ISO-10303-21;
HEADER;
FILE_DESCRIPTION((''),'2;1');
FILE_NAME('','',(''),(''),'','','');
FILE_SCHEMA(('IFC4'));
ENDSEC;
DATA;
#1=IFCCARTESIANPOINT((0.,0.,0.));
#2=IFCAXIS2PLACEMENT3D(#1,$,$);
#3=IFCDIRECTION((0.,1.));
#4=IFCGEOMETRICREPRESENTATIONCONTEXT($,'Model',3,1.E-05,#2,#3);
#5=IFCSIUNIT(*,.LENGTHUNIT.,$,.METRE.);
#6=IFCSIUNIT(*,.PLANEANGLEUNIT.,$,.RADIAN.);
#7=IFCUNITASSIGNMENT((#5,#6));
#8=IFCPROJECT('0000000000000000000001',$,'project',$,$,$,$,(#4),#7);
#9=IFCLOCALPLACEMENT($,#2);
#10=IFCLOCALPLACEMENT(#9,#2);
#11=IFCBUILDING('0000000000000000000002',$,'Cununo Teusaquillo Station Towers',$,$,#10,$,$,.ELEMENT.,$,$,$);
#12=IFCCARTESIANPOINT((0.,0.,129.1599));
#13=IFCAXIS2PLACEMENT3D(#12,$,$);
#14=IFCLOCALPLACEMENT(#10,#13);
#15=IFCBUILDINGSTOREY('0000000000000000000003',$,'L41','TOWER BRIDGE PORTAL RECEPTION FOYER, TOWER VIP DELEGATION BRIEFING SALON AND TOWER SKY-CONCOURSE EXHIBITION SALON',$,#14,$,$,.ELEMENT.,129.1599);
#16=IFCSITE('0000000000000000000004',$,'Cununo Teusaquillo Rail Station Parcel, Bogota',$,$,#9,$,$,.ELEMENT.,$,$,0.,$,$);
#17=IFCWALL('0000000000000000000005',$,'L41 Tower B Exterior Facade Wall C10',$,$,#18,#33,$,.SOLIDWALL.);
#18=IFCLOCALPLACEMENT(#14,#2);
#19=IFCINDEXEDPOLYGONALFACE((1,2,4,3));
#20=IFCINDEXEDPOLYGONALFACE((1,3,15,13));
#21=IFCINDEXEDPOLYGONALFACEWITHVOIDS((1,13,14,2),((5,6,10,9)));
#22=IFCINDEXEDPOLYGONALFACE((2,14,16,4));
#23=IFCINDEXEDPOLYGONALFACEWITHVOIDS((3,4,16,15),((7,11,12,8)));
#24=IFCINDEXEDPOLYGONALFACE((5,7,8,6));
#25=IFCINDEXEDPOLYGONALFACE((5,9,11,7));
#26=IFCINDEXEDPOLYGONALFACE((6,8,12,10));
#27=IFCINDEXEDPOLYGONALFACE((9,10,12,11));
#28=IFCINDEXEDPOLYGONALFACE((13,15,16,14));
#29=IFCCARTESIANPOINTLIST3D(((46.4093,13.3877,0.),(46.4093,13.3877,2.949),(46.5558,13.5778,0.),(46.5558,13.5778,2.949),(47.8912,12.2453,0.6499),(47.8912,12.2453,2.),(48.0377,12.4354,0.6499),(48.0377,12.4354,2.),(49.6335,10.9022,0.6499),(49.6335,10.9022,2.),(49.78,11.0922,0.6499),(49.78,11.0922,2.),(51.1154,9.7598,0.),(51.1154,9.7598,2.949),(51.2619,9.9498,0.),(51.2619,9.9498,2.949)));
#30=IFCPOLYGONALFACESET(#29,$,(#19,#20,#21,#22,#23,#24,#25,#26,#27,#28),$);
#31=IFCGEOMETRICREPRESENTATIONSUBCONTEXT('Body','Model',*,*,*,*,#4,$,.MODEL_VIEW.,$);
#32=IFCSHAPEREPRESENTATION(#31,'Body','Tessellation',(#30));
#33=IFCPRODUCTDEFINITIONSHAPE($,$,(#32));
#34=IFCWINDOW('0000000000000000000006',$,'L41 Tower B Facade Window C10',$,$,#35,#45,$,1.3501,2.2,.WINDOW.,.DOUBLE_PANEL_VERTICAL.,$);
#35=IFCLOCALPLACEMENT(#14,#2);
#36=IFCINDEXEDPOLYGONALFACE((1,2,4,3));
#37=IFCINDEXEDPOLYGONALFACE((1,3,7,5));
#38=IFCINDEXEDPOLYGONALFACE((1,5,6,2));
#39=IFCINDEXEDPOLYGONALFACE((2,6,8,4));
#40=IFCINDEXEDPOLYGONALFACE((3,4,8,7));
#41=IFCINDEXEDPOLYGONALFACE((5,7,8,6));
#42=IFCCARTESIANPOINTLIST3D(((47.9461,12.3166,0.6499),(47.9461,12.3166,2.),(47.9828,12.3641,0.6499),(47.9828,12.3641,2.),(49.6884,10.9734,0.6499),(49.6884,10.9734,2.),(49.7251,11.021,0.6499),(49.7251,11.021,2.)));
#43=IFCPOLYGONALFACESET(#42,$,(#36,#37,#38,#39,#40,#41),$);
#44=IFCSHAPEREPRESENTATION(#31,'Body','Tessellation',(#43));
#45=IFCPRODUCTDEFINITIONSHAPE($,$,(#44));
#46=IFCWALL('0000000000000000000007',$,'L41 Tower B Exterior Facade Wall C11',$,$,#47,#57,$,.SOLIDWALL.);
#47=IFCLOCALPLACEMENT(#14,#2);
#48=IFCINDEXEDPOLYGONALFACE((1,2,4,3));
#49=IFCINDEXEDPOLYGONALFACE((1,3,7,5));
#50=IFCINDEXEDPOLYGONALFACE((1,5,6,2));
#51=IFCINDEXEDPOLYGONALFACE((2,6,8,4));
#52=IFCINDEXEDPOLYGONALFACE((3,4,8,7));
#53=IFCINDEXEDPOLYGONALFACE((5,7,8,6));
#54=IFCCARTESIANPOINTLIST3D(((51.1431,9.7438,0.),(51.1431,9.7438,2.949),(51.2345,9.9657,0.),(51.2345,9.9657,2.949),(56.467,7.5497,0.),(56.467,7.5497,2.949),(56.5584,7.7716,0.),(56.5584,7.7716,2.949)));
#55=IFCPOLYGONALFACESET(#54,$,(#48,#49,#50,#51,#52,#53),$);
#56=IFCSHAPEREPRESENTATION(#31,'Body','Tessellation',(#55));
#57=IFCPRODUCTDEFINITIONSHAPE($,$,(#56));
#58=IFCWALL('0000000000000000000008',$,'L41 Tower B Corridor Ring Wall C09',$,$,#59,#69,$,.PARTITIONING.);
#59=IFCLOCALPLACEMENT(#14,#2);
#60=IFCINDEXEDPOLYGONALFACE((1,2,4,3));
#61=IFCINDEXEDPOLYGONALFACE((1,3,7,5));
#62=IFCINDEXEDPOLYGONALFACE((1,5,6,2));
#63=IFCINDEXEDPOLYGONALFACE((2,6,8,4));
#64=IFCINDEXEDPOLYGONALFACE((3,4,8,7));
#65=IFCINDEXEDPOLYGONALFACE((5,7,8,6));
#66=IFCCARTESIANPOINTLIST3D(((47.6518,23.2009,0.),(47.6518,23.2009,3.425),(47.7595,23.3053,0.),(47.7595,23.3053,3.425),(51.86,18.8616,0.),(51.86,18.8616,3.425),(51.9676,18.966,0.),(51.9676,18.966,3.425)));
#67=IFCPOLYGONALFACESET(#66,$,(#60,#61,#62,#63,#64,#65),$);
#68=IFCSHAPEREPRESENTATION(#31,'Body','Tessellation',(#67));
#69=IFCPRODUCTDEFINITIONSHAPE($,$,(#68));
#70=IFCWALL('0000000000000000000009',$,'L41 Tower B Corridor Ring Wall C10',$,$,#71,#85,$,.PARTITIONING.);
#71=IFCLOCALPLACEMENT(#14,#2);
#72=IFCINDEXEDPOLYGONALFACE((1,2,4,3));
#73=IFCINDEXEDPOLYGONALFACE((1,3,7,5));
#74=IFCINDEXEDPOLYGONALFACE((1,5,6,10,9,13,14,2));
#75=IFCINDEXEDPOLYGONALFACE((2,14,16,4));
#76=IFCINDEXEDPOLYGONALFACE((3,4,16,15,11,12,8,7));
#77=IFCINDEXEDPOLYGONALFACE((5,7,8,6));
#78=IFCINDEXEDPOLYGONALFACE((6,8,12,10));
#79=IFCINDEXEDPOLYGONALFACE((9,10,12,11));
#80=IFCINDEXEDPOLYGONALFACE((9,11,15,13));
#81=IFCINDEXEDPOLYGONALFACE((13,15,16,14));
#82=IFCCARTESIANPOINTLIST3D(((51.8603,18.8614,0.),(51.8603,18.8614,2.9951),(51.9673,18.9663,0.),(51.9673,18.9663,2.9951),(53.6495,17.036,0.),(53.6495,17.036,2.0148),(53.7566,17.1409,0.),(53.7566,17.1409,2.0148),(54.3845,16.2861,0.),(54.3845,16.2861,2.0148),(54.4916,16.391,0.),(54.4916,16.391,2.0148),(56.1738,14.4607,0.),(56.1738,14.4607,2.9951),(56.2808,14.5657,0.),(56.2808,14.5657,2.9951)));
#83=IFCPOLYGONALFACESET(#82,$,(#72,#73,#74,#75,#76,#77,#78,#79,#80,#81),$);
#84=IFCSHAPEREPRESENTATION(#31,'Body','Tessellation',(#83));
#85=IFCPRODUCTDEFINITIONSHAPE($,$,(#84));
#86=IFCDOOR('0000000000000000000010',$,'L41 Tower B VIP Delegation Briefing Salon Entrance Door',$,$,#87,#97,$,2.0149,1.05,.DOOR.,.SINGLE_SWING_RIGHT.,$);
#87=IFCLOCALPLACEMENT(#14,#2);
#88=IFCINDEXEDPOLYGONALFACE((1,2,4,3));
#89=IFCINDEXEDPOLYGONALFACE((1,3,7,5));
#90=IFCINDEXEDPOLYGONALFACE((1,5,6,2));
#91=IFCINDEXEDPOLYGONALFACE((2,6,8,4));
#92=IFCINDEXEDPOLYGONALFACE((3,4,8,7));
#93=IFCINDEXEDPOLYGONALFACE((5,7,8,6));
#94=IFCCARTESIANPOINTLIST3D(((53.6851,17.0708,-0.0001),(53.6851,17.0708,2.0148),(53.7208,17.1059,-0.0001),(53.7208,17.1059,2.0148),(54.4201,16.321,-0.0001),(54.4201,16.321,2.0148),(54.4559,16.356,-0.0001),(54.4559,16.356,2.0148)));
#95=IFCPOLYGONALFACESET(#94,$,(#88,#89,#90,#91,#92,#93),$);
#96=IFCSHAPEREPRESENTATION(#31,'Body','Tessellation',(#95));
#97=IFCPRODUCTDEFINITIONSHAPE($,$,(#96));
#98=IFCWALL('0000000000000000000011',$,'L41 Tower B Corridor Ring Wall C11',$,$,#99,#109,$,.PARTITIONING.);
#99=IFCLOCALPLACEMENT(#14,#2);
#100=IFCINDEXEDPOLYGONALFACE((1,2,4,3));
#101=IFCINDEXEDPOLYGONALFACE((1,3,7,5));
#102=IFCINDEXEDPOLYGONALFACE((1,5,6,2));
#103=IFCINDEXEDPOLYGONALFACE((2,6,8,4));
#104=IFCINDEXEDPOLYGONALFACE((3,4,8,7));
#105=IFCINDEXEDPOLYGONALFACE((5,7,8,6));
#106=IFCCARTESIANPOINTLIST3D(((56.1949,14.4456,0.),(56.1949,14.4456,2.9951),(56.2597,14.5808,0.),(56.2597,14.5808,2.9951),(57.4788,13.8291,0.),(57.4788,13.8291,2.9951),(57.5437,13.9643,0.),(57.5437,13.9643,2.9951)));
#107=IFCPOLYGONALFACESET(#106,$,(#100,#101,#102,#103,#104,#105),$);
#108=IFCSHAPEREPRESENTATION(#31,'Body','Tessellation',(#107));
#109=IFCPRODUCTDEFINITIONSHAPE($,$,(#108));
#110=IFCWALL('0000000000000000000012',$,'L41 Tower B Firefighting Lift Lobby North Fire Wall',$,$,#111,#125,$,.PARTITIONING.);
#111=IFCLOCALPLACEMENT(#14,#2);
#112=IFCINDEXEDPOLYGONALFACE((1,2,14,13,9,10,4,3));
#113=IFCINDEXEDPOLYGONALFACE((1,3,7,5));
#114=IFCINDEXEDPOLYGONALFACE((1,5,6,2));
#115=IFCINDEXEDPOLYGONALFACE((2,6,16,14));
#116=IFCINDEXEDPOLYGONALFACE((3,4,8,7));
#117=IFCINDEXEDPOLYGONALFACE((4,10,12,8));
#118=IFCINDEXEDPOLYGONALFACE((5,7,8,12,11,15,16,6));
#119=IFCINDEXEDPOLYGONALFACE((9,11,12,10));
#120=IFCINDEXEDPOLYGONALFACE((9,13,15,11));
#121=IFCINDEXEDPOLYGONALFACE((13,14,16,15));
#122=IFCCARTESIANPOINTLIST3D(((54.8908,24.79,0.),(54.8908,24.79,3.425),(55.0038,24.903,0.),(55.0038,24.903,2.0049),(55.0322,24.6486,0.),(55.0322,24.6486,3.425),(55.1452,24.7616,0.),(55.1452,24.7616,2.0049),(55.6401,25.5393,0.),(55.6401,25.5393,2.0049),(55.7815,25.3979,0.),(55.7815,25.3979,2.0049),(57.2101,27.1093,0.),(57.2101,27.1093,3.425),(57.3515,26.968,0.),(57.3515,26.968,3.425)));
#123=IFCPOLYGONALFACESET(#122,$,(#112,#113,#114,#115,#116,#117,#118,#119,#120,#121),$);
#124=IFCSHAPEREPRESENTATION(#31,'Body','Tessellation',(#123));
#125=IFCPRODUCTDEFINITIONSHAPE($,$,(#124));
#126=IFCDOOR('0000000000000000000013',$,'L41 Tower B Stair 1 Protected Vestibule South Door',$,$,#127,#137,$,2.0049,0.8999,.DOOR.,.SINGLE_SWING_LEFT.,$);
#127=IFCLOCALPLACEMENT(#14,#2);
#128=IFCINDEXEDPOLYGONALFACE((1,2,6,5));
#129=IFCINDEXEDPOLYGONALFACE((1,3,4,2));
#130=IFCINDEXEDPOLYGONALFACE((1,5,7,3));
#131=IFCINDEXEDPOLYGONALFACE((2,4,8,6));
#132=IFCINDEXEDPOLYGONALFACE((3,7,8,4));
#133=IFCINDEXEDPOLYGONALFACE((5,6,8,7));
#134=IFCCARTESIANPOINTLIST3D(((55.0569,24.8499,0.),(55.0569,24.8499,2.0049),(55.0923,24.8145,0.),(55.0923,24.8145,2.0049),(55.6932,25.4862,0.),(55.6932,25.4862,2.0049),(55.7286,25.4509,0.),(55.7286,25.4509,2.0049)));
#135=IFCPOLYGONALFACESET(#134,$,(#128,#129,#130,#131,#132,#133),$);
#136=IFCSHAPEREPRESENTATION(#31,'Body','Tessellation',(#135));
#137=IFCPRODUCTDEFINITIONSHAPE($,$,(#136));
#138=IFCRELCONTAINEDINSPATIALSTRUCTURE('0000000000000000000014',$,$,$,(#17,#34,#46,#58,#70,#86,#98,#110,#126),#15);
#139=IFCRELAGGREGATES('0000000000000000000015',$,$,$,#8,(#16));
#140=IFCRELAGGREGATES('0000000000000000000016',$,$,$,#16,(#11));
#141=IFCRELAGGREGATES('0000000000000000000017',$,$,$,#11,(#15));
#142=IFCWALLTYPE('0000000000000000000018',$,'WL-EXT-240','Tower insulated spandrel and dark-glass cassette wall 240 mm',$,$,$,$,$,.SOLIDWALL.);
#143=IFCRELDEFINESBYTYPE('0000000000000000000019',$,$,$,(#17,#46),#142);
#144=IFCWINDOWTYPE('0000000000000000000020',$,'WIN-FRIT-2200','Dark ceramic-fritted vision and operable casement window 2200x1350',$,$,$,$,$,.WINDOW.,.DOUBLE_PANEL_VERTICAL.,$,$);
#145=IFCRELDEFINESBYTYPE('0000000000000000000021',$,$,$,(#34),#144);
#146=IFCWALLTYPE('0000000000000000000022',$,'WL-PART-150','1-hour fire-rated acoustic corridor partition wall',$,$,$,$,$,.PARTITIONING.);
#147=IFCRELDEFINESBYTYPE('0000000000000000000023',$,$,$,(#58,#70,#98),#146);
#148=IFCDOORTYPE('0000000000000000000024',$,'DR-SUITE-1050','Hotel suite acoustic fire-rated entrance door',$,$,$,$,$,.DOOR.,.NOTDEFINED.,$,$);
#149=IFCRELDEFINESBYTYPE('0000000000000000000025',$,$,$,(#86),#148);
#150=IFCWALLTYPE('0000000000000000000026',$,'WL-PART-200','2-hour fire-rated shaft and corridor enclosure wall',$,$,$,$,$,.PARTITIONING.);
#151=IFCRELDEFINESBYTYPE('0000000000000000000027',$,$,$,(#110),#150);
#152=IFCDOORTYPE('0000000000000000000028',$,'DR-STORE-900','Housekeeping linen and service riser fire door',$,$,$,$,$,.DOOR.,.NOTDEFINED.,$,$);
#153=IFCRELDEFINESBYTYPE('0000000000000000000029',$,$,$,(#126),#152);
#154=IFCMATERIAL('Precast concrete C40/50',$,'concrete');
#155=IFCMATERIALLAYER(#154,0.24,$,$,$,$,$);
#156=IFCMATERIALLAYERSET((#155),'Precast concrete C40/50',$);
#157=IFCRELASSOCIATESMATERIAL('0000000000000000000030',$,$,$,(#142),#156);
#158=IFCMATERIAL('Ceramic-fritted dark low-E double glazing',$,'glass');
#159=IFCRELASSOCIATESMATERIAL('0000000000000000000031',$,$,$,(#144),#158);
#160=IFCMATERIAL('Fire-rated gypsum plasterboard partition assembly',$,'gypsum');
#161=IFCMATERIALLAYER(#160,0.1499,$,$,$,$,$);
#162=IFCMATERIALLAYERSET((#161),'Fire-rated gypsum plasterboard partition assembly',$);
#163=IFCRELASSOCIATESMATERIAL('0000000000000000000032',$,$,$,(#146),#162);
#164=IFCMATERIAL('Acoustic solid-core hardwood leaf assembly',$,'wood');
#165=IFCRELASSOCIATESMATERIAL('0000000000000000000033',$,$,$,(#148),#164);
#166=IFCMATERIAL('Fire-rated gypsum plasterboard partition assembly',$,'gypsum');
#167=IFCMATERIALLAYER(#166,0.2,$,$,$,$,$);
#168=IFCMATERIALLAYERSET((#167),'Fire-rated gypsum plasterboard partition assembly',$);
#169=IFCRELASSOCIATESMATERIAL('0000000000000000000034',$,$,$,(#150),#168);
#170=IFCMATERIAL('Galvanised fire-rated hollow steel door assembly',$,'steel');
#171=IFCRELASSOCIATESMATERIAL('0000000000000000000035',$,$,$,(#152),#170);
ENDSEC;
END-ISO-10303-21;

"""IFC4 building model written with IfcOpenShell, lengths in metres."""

from ifc_helpers import new_model, si_unit, direction, frame, frame_2d, origin, place, context, subcontext, project, spatial, rectangle, extrude, source, transform, mapped, material, layer, layer_set, type_object, element, fill, save


model = new_model("IFC4")

# Units and contexts
model_context = context("Model", 3, precision=1e-05, world=origin(), true_north=direction((0.0, 1.0)))
body_context = subcontext(model_context, "Body", "Model", "MODEL_VIEW")
ifc_project = project(units=[si_unit("LENGTHUNIT", "METRE"), si_unit("PLANEANGLEUNIT", "RADIAN")], contexts=[model_context])

# Site, building, storey
site_placement = place(None, origin())
site = spatial("IfcSite", under=ifc_project, at=site_placement, Name="Cununo Teusaquillo Rail Station Parcel, Bogota", CompositionType="ELEMENT", RefElevation=0.0)
building_placement = place(site_placement, origin())
building = spatial("IfcBuilding", under=site, at=building_placement, Name="Cununo Teusaquillo Station Towers", CompositionType="ELEMENT")
storey_placement = place(building_placement, frame((0.0, 0.0, 129.1599)))
storey = spatial("IfcBuildingStorey", under=building, at=storey_placement, Name="L41", Description="TOWER BRIDGE PORTAL RECEPTION FOYER, TOWER VIP DELEGATION BRIEFING SALON AND TOWER SKY-CONCOURSE EXHIBITION SALON", CompositionType="ELEMENT", Elevation=129.1599)

# Wall, opening, window
ifc_material_1 = material(Name="Precast concrete C40/50", Category="concrete")
ifc_layer_1 = layer(ifc_material_1, 0.24)
ifc_layer_set_1 = layer_set([ifc_layer_1], Name="Precast concrete C40/50")
wall_type_1 = type_object("IfcWallType", Name="WL-EXT-240", Description="Tower insulated spandrel and dark-glass cassette wall 240 mm", PredefinedType="SOLIDWALL", material=ifc_layer_set_1)
wall_1_placement = place(storey_placement, frame((51.1887, 9.8547, 0.0), z_axis=(0.0, 0.0, 1.0), x_axis=(-0.791982, 0.610544, 0.0)))
wall_1 = element("IfcWall", 1, at=wall_1_placement, inside=storey, type_object=wall_type_1, Name="L41 Tower B Exterior Facade Wall C10", PredefinedType="SOLIDWALL", context=body_context, shape_type="SweptSolid", body=[
    extrude(rectangle(XDim=5.9421, YDim=0.24, at=frame_2d((2.9712, 0.0))), origin(), (0.0, 0.0, 1.0), 2.949),
])
shared_shape_1 = source(origin(), body_context, "Body", "SweptSolid", [
    extrude(rectangle(XDim=2.2, YDim=1.3501, at=frame_2d((1.1001, 0.675))), frame((0.0, 0.1299, 0.0), z_axis=(0.0, -1.0, 0.0), x_axis=(1.0, 0.0, 0.0)), (0.0, 0.0, 1.0), 0.26),
])
opening_1_placement = place(wall_1_placement, frame((1.8711, 0.0, 0.6499)))
opening_1 = element("IfcOpeningElement", 2, at=opening_1_placement, cuts=wall_1, PredefinedType="OPENING", context=body_context, shape_type="MappedRepresentation", body=[
    mapped(shared_shape_1, transform((0.0, 0.0, 0.0), x_axis=(1.0, 0.0, 0.0), y_axis=(0.0, 1.0, 0.0), z_axis=(0.0, 0.0, 1.0), scale=1.0)),
])
ifc_material_2 = material(Name="Ceramic-fritted dark low-E double glazing", Category="glass")
window_type = type_object("IfcWindowType", Name="WIN-FRIT-2200", Description="Dark ceramic-fritted vision and operable casement window 2200x1350", PartitioningType="DOUBLE_PANEL_VERTICAL", PredefinedType="WINDOW", material=ifc_material_2)
shared_shape_2 = source(origin(), body_context, "Body", "SweptSolid", [
    extrude(rectangle(XDim=2.2, YDim=1.3501, at=frame_2d((1.1001, 0.675))), frame((0.0, 0.03, 0.0), z_axis=(0.0, -1.0, 0.0), x_axis=(1.0, 0.0, 0.0)), (0.0, 0.0, 1.0), 0.0601),
])
window_placement = place(opening_1_placement, origin())
window = element("IfcWindow", 3, at=window_placement, inside=storey, type_object=window_type, Name="L41 Tower B Facade Window C10", OverallHeight=1.3501, OverallWidth=2.2, PartitioningType="DOUBLE_PANEL_VERTICAL", PredefinedType="WINDOW", context=body_context, shape_type="MappedRepresentation", body=[
    mapped(shared_shape_2, transform((0.0, 0.0, 0.0), x_axis=(1.0, 0.0, 0.0), y_axis=(0.0, 1.0, 0.0), z_axis=(0.0, 0.0, 1.0), scale=1.0)),
])
fill(opening_1, window)

# Walls
wall_2_placement = place(storey_placement, frame((56.5127, 7.6606, 0.0), z_axis=(0.0, 0.0, 1.0), x_axis=(-0.924564, 0.381027, 0.0)))
element("IfcWall", 4, at=wall_2_placement, inside=storey, type_object=wall_type_1, Name="L41 Tower B Exterior Facade Wall C11", PredefinedType="SOLIDWALL", context=body_context, shape_type="SweptSolid", body=[
    extrude(rectangle(XDim=5.7583, YDim=0.24, at=frame_2d((2.8792, 0.0))), origin(), (0.0, 0.0, 1.0), 2.949),
])
ifc_material_3 = material(Name="Fire-rated gypsum plasterboard partition assembly", Category="gypsum")
ifc_layer_2 = layer(ifc_material_3, 0.1499)
ifc_layer_set_2 = layer_set([ifc_layer_2], Name="Fire-rated gypsum plasterboard partition assembly")
wall_type_2 = type_object("IfcWallType", Name="WL-PART-150", Description="1-hour fire-rated acoustic corridor partition wall", PredefinedType="PARTITIONING", material=ifc_layer_set_2)
wall_3_placement = place(storey_placement, frame((47.7056, 23.2532, 0.0), z_axis=(0.0, 0.0, 1.0), x_axis=(0.696179, -0.717868, 0.0)))
element("IfcWall", 5, at=wall_3_placement, inside=storey, type_object=wall_type_2, Name="L41 Tower B Corridor Ring Wall C09", PredefinedType="PARTITIONING", context=body_context, shape_type="SweptSolid", body=[
    extrude(rectangle(XDim=6.0447, YDim=0.1499, at=frame_2d((3.0225, 0.0))), origin(), (0.0, 0.0, 1.0), 3.425),
])

# Wall, opening, door
wall_4_placement = place(storey_placement, frame((51.9138, 18.9138, 0.0), z_axis=(0.0, 0.0, 1.0), x_axis=(0.699999, -0.714144, 0.0)))
wall_4 = element("IfcWall", 6, at=wall_4_placement, inside=storey, type_object=wall_type_2, Name="L41 Tower B Corridor Ring Wall C10", PredefinedType="PARTITIONING", context=body_context, shape_type="SweptSolid", body=[
    extrude(rectangle(XDim=6.1621, YDim=0.1499, at=frame_2d((3.0811, 0.0))), origin(), (0.0, 0.0, 1.0), 2.9951),
])
shared_shape_3 = source(origin(), body_context, "Body", "SweptSolid", [
    extrude(rectangle(XDim=1.05, YDim=2.0149, at=frame_2d((0.5249, 1.0073))), frame((0.0, 0.085, 0.0), z_axis=(0.0, -1.0, 0.0), x_axis=(1.0, 0.0, 0.0)), (0.0, 0.0, 1.0), 0.1699),
])
opening_2_placement = place(wall_4_placement, frame((2.5562, 0.0, 0.0)))
opening_2 = element("IfcOpeningElement", 7, at=opening_2_placement, cuts=wall_4, PredefinedType="OPENING", context=body_context, shape_type="MappedRepresentation", body=[
    mapped(shared_shape_3, transform((0.0, 0.0, 0.0), x_axis=(1.0, 0.0, 0.0), y_axis=(0.0, 1.0, 0.0), z_axis=(0.0, 0.0, 1.0), scale=1.0)),
])
ifc_material_4 = material(Name="Acoustic solid-core hardwood leaf assembly", Category="wood")
door_type_1 = type_object("IfcDoorType", Name="DR-SUITE-1050", Description="Hotel suite acoustic fire-rated entrance door", OperationType="NOTDEFINED", PredefinedType="DOOR", material=ifc_material_4)
shared_shape_4 = source(origin(), body_context, "Body", "SweptSolid", [
    extrude(rectangle(XDim=1.05, YDim=2.0149, at=frame_2d((0.5249, 1.0073))), frame((0.0, 0.0249, 0.0), z_axis=(0.0, -1.0, 0.0), x_axis=(1.0, 0.0, 0.0)), (0.0, 0.0, 1.0), 0.05),
])
door_1_placement = place(opening_2_placement, origin())
door_1 = element("IfcDoor", 8, at=door_1_placement, inside=storey, type_object=door_type_1, Name="L41 Tower B VIP Delegation Briefing Salon Entrance Door", OperationType="SINGLE_SWING_RIGHT", OverallHeight=2.0149, OverallWidth=1.05, PredefinedType="DOOR", context=body_context, shape_type="MappedRepresentation", body=[
    mapped(shared_shape_4, transform((0.0, 0.0, 0.0), x_axis=(1.0, 0.0, 0.0), y_axis=(0.0, 1.0, 0.0), z_axis=(0.0, 0.0, 1.0), scale=1.0)),
])
fill(opening_2, door_1)

# Wall
wall_5_placement = place(storey_placement, frame((56.2273, 14.5132, 0.0), z_axis=(0.0, 0.0, 1.0), x_axis=(0.901478, -0.432826, 0.0)))
element("IfcWall", 9, at=wall_5_placement, inside=storey, type_object=wall_type_2, Name="L41 Tower B Corridor Ring Wall C11", PredefinedType="PARTITIONING", context=body_context, shape_type="SweptSolid", body=[
    extrude(rectangle(XDim=1.4243, YDim=0.1499, at=frame_2d((0.7122, 0.0))), origin(), (0.0, 0.0, 1.0), 2.9951),
])

# Wall, opening, door
ifc_material_5 = material(Name="Fire-rated gypsum plasterboard partition assembly", Category="gypsum")
ifc_layer_3 = layer(ifc_material_5, 0.2)
ifc_layer_set_3 = layer_set([ifc_layer_3], Name="Fire-rated gypsum plasterboard partition assembly")
wall_type_3 = type_object("IfcWallType", Name="WL-PART-200", Description="2-hour fire-rated shaft and corridor enclosure wall", PredefinedType="PARTITIONING", material=ifc_layer_set_3)
wall_6_placement = place(storey_placement, frame((54.9614, 24.7192, 0.0), z_axis=(0.0, 0.0, 1.0), x_axis=(0.707107, 0.707107, 0.0)))
wall_6 = element("IfcWall", 10, at=wall_6_placement, inside=storey, type_object=wall_type_3, Name="L41 Tower B Firefighting Lift Lobby North Fire Wall", PredefinedType="PARTITIONING", context=body_context, shape_type="SweptSolid", body=[
    extrude(rectangle(XDim=3.28, YDim=0.2, at=frame_2d((1.6401, 0.0))), origin(), (0.0, 0.0, 1.0), 3.425),
])
shared_shape_5 = source(origin(), body_context, "Body", "SweptSolid", [
    extrude(rectangle(XDim=0.8999, YDim=2.0049, at=frame_2d((0.45, 1.0024))), frame((0.0, 0.1099, 0.0), z_axis=(0.0, -1.0, 0.0), x_axis=(1.0, 0.0, 0.0)), (0.0, 0.0, 1.0), 0.22),
])
opening_3_placement = place(wall_6_placement, frame((0.1599, 0.0, 0.0)))
opening_3 = element("IfcOpeningElement", 11, at=opening_3_placement, cuts=wall_6, PredefinedType="OPENING", context=body_context, shape_type="MappedRepresentation", body=[
    mapped(shared_shape_5, transform((0.0, 0.0, 0.0), x_axis=(1.0, 0.0, 0.0), y_axis=(0.0, 1.0, 0.0), z_axis=(0.0, 0.0, 1.0), scale=1.0)),
])
ifc_material_6 = material(Name="Galvanised fire-rated hollow steel door assembly", Category="steel")
door_type_2 = type_object("IfcDoorType", Name="DR-STORE-900", Description="Housekeeping linen and service riser fire door", OperationType="NOTDEFINED", PredefinedType="DOOR", material=ifc_material_6)
shared_shape_6 = source(origin(), body_context, "Body", "SweptSolid", [
    extrude(rectangle(XDim=0.8999, YDim=2.0049, at=frame_2d((0.45, 1.0024))), frame((0.0, 0.0249, 0.0), z_axis=(0.0, -1.0, 0.0), x_axis=(1.0, 0.0, 0.0)), (0.0, 0.0, 1.0), 0.05),
])
door_2_placement = place(opening_3_placement, origin())
door_2 = element("IfcDoor", 12, at=door_2_placement, inside=storey, type_object=door_type_2, Name="L41 Tower B Stair 1 Protected Vestibule South Door", OperationType="SINGLE_SWING_LEFT", OverallHeight=2.0049, OverallWidth=0.8999, PredefinedType="DOOR", context=body_context, shape_type="MappedRepresentation", body=[
    mapped(shared_shape_6, transform((0.0, 0.0, 0.0), x_axis=(1.0, 0.0, 0.0), y_axis=(0.0, 1.0, 0.0), z_axis=(0.0, 0.0, 1.0), scale=1.0)),
])
fill(opening_3, door_2)

save(model, "model.ifc")
